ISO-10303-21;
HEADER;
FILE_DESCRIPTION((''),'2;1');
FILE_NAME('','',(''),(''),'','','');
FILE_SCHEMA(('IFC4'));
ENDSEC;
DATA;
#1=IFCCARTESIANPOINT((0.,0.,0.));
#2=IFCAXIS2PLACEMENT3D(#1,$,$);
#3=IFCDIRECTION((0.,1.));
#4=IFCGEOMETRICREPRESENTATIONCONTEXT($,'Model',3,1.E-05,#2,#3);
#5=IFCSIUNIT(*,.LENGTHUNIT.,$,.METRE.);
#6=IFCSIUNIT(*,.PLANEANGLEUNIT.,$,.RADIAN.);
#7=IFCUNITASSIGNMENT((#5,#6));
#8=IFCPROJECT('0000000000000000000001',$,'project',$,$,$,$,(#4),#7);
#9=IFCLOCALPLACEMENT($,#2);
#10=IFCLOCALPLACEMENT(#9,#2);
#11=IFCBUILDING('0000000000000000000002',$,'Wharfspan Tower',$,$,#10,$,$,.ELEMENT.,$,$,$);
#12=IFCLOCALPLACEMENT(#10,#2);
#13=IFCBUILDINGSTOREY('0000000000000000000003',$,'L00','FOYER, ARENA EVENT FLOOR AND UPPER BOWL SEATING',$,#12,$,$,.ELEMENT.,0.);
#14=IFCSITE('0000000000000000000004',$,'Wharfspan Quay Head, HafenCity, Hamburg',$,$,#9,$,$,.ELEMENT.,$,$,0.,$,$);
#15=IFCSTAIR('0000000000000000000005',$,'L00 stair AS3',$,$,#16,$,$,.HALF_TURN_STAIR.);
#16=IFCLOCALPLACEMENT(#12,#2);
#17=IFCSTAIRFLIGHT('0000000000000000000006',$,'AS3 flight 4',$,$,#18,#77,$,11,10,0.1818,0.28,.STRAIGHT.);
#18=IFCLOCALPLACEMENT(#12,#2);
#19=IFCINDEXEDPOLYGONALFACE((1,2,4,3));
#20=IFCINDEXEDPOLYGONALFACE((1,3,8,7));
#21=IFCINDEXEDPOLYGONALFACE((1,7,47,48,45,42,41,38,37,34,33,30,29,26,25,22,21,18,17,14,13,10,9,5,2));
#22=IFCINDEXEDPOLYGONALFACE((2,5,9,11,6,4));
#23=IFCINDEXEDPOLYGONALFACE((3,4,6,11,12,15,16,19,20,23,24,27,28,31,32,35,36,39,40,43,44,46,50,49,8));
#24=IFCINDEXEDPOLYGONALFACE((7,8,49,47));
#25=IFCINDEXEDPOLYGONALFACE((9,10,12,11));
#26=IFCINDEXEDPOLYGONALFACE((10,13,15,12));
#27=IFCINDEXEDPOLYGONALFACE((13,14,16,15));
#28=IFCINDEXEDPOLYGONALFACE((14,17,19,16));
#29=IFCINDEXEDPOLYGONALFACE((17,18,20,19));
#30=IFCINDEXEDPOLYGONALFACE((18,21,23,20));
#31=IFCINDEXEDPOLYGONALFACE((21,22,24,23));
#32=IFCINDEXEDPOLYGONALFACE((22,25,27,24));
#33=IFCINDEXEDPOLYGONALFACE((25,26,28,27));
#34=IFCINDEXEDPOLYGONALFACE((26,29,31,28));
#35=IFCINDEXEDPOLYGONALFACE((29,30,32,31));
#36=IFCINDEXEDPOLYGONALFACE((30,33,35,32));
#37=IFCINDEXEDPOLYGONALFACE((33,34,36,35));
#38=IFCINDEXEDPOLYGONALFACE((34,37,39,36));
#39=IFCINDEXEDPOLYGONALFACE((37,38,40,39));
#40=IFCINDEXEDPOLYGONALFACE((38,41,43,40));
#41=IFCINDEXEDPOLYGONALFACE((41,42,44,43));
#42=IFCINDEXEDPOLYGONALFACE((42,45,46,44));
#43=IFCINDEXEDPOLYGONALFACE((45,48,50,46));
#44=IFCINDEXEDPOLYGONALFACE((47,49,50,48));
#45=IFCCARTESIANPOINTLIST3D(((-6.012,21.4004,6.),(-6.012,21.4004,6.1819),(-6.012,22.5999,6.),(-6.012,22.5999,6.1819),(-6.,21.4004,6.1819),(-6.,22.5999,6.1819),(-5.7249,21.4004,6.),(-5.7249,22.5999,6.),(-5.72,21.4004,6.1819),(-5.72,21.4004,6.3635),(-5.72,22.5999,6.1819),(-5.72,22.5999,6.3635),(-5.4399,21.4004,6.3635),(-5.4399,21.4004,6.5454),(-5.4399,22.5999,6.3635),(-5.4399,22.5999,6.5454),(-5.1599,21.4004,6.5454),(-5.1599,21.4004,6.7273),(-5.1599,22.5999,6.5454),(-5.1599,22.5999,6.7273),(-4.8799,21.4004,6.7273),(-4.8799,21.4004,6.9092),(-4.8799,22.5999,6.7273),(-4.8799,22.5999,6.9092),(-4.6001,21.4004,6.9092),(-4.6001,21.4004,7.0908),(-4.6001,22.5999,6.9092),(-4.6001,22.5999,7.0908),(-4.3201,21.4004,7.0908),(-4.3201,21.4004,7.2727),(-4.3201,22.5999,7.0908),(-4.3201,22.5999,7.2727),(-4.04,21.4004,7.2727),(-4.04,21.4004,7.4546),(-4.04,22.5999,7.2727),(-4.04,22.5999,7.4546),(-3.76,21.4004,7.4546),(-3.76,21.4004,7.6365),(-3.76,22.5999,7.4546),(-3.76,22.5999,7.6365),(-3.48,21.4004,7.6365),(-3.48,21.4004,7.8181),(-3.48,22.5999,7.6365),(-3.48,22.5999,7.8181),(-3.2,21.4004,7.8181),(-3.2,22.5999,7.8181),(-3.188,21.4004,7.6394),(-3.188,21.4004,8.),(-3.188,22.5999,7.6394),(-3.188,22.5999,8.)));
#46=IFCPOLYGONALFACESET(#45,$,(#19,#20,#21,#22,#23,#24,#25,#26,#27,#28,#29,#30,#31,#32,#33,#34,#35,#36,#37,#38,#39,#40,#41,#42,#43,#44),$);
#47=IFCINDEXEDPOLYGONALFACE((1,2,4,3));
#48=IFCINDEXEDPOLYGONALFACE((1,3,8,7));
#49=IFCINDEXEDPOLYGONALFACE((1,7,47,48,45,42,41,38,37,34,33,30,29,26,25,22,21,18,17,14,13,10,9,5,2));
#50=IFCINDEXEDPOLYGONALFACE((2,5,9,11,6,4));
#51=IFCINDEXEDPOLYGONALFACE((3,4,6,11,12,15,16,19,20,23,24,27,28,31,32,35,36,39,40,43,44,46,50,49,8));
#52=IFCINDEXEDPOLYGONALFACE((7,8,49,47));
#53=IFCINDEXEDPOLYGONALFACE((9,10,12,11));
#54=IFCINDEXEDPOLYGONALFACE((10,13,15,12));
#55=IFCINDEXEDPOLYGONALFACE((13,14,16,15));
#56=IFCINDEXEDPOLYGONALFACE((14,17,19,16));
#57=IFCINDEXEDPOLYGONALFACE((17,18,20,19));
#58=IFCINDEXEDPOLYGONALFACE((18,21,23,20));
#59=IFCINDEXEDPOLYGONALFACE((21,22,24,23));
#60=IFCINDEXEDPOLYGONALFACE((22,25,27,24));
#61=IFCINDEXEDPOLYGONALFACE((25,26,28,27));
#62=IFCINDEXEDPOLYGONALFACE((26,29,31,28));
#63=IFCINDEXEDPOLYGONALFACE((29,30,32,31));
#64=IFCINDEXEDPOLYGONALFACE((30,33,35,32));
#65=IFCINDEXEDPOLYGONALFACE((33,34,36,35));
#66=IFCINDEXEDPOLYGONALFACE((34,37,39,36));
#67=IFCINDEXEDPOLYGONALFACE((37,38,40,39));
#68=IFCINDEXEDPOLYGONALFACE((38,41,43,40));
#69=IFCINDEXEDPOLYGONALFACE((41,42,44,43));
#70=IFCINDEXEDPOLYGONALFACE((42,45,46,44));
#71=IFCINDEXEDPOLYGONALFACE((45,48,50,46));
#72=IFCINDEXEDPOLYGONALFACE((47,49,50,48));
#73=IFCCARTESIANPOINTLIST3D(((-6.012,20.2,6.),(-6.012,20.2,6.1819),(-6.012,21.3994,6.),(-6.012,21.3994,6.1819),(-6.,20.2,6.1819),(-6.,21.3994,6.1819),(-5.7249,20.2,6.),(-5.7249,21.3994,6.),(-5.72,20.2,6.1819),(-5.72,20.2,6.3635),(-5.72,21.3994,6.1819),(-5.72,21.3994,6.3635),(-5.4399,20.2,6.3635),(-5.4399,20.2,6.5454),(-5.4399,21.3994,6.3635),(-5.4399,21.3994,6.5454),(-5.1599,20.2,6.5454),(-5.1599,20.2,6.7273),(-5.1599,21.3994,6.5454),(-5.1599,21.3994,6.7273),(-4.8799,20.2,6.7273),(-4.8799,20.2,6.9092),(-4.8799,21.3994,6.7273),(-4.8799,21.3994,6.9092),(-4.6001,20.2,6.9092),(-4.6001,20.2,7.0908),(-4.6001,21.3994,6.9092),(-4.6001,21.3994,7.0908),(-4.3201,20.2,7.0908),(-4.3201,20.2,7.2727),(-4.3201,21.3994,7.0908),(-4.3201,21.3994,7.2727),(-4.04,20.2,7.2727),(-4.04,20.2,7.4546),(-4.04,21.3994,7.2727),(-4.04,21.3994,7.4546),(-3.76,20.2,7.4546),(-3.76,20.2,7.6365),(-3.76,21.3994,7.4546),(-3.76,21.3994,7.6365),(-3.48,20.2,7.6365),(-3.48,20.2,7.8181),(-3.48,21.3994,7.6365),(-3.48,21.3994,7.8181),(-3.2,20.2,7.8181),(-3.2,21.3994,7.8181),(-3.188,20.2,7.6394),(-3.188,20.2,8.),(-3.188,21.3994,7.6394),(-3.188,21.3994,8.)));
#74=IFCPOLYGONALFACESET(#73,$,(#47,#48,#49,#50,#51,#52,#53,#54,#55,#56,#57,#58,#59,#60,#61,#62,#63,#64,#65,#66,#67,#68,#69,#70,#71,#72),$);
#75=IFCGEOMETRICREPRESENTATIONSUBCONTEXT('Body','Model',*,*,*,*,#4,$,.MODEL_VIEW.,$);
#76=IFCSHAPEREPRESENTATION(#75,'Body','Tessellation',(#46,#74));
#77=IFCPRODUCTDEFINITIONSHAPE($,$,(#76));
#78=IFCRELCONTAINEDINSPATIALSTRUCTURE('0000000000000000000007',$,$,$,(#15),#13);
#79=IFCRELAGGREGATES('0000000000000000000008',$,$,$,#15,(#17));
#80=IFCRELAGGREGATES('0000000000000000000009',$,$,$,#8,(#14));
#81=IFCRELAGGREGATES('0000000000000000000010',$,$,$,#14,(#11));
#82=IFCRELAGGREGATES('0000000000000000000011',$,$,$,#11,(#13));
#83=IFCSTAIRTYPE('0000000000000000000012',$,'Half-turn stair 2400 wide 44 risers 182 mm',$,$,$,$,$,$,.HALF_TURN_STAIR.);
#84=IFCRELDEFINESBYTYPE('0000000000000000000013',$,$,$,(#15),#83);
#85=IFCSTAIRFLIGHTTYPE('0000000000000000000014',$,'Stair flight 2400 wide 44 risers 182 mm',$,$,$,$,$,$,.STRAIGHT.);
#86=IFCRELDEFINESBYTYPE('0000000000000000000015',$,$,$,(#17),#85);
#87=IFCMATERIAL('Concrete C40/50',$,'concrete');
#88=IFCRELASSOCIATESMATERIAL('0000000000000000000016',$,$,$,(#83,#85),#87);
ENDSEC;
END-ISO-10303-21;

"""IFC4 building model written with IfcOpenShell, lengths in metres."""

from ifc_helpers import new_model, si_unit, direction, frame, origin, place, context, subcontext, project, spatial, polyline, outline, extrude, material, type_object, element, aggregate, save


model = new_model("IFC4")

# Units and contexts
model_context = context("Model", 3, precision=1e-05, world=origin(), true_north=direction((0.0, 1.0)))
body_context = subcontext(model_context, "Body", "Model", "MODEL_VIEW")
ifc_project = project(units=[si_unit("LENGTHUNIT", "METRE"), si_unit("PLANEANGLEUNIT", "RADIAN")], contexts=[model_context])

# Site, building, storey
site_placement = place(None, origin())
site = spatial("IfcSite", under=ifc_project, at=site_placement, Name="Wharfspan Quay Head, HafenCity, Hamburg", CompositionType="ELEMENT", RefElevation=0.0)
building_placement = place(site_placement, origin())
building = spatial("IfcBuilding", under=site, at=building_placement, Name="Wharfspan Tower", CompositionType="ELEMENT")
storey_placement = place(building_placement, origin())
storey = spatial("IfcBuildingStorey", under=building, at=storey_placement, Name="L00", Description="FOYER, ARENA EVENT FLOOR AND UPPER BOWL SEATING", CompositionType="ELEMENT", Elevation=0.0)

# Shared definitions
ifc_material_1 = material(Name="Concrete C40/50", Category="concrete")

# Stair, stair flight
stair_type = type_object("IfcStairType", Name="Half-turn stair 2400 wide 44 risers 182 mm", PredefinedType="HALF_TURN_STAIR", material=ifc_material_1)
stair_placement = place(storey_placement, origin())
stair = element("IfcStair", 1, at=stair_placement, inside=storey, type_object=stair_type, Name="L00 stair AS3", PredefinedType="HALF_TURN_STAIR")
stair_flight_type = type_object("IfcStairFlightType", Name="Stair flight 2400 wide 44 risers 182 mm", PredefinedType="STRAIGHT", material=ifc_material_1)
stair_flight_1_placement = place(storey_placement, frame((-6.0, 21.3999, 6.0), z_axis=(0.0, 0.0, 1.0), x_axis=(1.0, 0.0, 0.0)))
stair_flight_1 = element("IfcStairFlight", 2, at=stair_flight_1_placement, type_object=stair_flight_type, Name="AS3 flight 4", NumberOfRisers=11, NumberOfTreads=10, PredefinedType="STRAIGHT", RiserHeight=0.1818, TreadLength=0.28, context=body_context, shape_type="SweptSolid", body=[
    extrude(outline(polyline([(-0.012, 0.0), (-0.012, 0.1819), (0.0, 0.1819), (0.28, 0.1819), (0.28, 0.3635), (0.5601, 0.3635), (0.5601, 0.5454), (0.8401, 0.5454), (0.8401, 0.7273), (1.1201, 0.7273), (1.1201, 0.9092), (1.3999, 0.9092), (1.3999, 1.0908), (1.6799, 1.0908), (1.6799, 1.2727), (1.96, 1.2727), (1.96, 1.4546), (2.24, 1.4546), (2.24, 1.6365), (2.52, 1.6365), (2.52, 1.8181), (2.8, 1.8181), (2.812, 2.0), (2.812, 1.6394), (0.2751, 0.0), (-0.012, 0.0)])), frame((0.0, 1.2, 0.0), z_axis=(0.0, -1.0, 0.0), x_axis=(1.0, 0.0, 0.0)), (0.0, 0.0, 1.0), 1.1995),
    extrude(outline(polyline([(-0.012, 0.0), (-0.012, 0.1819), (0.0, 0.1819), (0.28, 0.1819), (0.28, 0.3635), (0.5601, 0.3635), (0.5601, 0.5454), (0.8401, 0.5454), (0.8401, 0.7273), (1.1201, 0.7273), (1.1201, 0.9092), (1.3999, 0.9092), (1.3999, 1.0908), (1.6799, 1.0908), (1.6799, 1.2727), (1.96, 1.2727), (1.96, 1.4546), (2.24, 1.4546), (2.24, 1.6365), (2.52, 1.6365), (2.52, 1.8181), (2.8, 1.8181), (2.812, 2.0), (2.812, 1.6394), (0.2751, 0.0), (-0.012, 0.0)])), frame((0.0, -0.0005, 0.0), z_axis=(0.0, -1.0, 0.0), x_axis=(1.0, 0.0, 0.0)), (0.0, 0.0, 1.0), 1.1995),
])
aggregate(stair, [stair_flight_1])

save(model, "model.ifc")
